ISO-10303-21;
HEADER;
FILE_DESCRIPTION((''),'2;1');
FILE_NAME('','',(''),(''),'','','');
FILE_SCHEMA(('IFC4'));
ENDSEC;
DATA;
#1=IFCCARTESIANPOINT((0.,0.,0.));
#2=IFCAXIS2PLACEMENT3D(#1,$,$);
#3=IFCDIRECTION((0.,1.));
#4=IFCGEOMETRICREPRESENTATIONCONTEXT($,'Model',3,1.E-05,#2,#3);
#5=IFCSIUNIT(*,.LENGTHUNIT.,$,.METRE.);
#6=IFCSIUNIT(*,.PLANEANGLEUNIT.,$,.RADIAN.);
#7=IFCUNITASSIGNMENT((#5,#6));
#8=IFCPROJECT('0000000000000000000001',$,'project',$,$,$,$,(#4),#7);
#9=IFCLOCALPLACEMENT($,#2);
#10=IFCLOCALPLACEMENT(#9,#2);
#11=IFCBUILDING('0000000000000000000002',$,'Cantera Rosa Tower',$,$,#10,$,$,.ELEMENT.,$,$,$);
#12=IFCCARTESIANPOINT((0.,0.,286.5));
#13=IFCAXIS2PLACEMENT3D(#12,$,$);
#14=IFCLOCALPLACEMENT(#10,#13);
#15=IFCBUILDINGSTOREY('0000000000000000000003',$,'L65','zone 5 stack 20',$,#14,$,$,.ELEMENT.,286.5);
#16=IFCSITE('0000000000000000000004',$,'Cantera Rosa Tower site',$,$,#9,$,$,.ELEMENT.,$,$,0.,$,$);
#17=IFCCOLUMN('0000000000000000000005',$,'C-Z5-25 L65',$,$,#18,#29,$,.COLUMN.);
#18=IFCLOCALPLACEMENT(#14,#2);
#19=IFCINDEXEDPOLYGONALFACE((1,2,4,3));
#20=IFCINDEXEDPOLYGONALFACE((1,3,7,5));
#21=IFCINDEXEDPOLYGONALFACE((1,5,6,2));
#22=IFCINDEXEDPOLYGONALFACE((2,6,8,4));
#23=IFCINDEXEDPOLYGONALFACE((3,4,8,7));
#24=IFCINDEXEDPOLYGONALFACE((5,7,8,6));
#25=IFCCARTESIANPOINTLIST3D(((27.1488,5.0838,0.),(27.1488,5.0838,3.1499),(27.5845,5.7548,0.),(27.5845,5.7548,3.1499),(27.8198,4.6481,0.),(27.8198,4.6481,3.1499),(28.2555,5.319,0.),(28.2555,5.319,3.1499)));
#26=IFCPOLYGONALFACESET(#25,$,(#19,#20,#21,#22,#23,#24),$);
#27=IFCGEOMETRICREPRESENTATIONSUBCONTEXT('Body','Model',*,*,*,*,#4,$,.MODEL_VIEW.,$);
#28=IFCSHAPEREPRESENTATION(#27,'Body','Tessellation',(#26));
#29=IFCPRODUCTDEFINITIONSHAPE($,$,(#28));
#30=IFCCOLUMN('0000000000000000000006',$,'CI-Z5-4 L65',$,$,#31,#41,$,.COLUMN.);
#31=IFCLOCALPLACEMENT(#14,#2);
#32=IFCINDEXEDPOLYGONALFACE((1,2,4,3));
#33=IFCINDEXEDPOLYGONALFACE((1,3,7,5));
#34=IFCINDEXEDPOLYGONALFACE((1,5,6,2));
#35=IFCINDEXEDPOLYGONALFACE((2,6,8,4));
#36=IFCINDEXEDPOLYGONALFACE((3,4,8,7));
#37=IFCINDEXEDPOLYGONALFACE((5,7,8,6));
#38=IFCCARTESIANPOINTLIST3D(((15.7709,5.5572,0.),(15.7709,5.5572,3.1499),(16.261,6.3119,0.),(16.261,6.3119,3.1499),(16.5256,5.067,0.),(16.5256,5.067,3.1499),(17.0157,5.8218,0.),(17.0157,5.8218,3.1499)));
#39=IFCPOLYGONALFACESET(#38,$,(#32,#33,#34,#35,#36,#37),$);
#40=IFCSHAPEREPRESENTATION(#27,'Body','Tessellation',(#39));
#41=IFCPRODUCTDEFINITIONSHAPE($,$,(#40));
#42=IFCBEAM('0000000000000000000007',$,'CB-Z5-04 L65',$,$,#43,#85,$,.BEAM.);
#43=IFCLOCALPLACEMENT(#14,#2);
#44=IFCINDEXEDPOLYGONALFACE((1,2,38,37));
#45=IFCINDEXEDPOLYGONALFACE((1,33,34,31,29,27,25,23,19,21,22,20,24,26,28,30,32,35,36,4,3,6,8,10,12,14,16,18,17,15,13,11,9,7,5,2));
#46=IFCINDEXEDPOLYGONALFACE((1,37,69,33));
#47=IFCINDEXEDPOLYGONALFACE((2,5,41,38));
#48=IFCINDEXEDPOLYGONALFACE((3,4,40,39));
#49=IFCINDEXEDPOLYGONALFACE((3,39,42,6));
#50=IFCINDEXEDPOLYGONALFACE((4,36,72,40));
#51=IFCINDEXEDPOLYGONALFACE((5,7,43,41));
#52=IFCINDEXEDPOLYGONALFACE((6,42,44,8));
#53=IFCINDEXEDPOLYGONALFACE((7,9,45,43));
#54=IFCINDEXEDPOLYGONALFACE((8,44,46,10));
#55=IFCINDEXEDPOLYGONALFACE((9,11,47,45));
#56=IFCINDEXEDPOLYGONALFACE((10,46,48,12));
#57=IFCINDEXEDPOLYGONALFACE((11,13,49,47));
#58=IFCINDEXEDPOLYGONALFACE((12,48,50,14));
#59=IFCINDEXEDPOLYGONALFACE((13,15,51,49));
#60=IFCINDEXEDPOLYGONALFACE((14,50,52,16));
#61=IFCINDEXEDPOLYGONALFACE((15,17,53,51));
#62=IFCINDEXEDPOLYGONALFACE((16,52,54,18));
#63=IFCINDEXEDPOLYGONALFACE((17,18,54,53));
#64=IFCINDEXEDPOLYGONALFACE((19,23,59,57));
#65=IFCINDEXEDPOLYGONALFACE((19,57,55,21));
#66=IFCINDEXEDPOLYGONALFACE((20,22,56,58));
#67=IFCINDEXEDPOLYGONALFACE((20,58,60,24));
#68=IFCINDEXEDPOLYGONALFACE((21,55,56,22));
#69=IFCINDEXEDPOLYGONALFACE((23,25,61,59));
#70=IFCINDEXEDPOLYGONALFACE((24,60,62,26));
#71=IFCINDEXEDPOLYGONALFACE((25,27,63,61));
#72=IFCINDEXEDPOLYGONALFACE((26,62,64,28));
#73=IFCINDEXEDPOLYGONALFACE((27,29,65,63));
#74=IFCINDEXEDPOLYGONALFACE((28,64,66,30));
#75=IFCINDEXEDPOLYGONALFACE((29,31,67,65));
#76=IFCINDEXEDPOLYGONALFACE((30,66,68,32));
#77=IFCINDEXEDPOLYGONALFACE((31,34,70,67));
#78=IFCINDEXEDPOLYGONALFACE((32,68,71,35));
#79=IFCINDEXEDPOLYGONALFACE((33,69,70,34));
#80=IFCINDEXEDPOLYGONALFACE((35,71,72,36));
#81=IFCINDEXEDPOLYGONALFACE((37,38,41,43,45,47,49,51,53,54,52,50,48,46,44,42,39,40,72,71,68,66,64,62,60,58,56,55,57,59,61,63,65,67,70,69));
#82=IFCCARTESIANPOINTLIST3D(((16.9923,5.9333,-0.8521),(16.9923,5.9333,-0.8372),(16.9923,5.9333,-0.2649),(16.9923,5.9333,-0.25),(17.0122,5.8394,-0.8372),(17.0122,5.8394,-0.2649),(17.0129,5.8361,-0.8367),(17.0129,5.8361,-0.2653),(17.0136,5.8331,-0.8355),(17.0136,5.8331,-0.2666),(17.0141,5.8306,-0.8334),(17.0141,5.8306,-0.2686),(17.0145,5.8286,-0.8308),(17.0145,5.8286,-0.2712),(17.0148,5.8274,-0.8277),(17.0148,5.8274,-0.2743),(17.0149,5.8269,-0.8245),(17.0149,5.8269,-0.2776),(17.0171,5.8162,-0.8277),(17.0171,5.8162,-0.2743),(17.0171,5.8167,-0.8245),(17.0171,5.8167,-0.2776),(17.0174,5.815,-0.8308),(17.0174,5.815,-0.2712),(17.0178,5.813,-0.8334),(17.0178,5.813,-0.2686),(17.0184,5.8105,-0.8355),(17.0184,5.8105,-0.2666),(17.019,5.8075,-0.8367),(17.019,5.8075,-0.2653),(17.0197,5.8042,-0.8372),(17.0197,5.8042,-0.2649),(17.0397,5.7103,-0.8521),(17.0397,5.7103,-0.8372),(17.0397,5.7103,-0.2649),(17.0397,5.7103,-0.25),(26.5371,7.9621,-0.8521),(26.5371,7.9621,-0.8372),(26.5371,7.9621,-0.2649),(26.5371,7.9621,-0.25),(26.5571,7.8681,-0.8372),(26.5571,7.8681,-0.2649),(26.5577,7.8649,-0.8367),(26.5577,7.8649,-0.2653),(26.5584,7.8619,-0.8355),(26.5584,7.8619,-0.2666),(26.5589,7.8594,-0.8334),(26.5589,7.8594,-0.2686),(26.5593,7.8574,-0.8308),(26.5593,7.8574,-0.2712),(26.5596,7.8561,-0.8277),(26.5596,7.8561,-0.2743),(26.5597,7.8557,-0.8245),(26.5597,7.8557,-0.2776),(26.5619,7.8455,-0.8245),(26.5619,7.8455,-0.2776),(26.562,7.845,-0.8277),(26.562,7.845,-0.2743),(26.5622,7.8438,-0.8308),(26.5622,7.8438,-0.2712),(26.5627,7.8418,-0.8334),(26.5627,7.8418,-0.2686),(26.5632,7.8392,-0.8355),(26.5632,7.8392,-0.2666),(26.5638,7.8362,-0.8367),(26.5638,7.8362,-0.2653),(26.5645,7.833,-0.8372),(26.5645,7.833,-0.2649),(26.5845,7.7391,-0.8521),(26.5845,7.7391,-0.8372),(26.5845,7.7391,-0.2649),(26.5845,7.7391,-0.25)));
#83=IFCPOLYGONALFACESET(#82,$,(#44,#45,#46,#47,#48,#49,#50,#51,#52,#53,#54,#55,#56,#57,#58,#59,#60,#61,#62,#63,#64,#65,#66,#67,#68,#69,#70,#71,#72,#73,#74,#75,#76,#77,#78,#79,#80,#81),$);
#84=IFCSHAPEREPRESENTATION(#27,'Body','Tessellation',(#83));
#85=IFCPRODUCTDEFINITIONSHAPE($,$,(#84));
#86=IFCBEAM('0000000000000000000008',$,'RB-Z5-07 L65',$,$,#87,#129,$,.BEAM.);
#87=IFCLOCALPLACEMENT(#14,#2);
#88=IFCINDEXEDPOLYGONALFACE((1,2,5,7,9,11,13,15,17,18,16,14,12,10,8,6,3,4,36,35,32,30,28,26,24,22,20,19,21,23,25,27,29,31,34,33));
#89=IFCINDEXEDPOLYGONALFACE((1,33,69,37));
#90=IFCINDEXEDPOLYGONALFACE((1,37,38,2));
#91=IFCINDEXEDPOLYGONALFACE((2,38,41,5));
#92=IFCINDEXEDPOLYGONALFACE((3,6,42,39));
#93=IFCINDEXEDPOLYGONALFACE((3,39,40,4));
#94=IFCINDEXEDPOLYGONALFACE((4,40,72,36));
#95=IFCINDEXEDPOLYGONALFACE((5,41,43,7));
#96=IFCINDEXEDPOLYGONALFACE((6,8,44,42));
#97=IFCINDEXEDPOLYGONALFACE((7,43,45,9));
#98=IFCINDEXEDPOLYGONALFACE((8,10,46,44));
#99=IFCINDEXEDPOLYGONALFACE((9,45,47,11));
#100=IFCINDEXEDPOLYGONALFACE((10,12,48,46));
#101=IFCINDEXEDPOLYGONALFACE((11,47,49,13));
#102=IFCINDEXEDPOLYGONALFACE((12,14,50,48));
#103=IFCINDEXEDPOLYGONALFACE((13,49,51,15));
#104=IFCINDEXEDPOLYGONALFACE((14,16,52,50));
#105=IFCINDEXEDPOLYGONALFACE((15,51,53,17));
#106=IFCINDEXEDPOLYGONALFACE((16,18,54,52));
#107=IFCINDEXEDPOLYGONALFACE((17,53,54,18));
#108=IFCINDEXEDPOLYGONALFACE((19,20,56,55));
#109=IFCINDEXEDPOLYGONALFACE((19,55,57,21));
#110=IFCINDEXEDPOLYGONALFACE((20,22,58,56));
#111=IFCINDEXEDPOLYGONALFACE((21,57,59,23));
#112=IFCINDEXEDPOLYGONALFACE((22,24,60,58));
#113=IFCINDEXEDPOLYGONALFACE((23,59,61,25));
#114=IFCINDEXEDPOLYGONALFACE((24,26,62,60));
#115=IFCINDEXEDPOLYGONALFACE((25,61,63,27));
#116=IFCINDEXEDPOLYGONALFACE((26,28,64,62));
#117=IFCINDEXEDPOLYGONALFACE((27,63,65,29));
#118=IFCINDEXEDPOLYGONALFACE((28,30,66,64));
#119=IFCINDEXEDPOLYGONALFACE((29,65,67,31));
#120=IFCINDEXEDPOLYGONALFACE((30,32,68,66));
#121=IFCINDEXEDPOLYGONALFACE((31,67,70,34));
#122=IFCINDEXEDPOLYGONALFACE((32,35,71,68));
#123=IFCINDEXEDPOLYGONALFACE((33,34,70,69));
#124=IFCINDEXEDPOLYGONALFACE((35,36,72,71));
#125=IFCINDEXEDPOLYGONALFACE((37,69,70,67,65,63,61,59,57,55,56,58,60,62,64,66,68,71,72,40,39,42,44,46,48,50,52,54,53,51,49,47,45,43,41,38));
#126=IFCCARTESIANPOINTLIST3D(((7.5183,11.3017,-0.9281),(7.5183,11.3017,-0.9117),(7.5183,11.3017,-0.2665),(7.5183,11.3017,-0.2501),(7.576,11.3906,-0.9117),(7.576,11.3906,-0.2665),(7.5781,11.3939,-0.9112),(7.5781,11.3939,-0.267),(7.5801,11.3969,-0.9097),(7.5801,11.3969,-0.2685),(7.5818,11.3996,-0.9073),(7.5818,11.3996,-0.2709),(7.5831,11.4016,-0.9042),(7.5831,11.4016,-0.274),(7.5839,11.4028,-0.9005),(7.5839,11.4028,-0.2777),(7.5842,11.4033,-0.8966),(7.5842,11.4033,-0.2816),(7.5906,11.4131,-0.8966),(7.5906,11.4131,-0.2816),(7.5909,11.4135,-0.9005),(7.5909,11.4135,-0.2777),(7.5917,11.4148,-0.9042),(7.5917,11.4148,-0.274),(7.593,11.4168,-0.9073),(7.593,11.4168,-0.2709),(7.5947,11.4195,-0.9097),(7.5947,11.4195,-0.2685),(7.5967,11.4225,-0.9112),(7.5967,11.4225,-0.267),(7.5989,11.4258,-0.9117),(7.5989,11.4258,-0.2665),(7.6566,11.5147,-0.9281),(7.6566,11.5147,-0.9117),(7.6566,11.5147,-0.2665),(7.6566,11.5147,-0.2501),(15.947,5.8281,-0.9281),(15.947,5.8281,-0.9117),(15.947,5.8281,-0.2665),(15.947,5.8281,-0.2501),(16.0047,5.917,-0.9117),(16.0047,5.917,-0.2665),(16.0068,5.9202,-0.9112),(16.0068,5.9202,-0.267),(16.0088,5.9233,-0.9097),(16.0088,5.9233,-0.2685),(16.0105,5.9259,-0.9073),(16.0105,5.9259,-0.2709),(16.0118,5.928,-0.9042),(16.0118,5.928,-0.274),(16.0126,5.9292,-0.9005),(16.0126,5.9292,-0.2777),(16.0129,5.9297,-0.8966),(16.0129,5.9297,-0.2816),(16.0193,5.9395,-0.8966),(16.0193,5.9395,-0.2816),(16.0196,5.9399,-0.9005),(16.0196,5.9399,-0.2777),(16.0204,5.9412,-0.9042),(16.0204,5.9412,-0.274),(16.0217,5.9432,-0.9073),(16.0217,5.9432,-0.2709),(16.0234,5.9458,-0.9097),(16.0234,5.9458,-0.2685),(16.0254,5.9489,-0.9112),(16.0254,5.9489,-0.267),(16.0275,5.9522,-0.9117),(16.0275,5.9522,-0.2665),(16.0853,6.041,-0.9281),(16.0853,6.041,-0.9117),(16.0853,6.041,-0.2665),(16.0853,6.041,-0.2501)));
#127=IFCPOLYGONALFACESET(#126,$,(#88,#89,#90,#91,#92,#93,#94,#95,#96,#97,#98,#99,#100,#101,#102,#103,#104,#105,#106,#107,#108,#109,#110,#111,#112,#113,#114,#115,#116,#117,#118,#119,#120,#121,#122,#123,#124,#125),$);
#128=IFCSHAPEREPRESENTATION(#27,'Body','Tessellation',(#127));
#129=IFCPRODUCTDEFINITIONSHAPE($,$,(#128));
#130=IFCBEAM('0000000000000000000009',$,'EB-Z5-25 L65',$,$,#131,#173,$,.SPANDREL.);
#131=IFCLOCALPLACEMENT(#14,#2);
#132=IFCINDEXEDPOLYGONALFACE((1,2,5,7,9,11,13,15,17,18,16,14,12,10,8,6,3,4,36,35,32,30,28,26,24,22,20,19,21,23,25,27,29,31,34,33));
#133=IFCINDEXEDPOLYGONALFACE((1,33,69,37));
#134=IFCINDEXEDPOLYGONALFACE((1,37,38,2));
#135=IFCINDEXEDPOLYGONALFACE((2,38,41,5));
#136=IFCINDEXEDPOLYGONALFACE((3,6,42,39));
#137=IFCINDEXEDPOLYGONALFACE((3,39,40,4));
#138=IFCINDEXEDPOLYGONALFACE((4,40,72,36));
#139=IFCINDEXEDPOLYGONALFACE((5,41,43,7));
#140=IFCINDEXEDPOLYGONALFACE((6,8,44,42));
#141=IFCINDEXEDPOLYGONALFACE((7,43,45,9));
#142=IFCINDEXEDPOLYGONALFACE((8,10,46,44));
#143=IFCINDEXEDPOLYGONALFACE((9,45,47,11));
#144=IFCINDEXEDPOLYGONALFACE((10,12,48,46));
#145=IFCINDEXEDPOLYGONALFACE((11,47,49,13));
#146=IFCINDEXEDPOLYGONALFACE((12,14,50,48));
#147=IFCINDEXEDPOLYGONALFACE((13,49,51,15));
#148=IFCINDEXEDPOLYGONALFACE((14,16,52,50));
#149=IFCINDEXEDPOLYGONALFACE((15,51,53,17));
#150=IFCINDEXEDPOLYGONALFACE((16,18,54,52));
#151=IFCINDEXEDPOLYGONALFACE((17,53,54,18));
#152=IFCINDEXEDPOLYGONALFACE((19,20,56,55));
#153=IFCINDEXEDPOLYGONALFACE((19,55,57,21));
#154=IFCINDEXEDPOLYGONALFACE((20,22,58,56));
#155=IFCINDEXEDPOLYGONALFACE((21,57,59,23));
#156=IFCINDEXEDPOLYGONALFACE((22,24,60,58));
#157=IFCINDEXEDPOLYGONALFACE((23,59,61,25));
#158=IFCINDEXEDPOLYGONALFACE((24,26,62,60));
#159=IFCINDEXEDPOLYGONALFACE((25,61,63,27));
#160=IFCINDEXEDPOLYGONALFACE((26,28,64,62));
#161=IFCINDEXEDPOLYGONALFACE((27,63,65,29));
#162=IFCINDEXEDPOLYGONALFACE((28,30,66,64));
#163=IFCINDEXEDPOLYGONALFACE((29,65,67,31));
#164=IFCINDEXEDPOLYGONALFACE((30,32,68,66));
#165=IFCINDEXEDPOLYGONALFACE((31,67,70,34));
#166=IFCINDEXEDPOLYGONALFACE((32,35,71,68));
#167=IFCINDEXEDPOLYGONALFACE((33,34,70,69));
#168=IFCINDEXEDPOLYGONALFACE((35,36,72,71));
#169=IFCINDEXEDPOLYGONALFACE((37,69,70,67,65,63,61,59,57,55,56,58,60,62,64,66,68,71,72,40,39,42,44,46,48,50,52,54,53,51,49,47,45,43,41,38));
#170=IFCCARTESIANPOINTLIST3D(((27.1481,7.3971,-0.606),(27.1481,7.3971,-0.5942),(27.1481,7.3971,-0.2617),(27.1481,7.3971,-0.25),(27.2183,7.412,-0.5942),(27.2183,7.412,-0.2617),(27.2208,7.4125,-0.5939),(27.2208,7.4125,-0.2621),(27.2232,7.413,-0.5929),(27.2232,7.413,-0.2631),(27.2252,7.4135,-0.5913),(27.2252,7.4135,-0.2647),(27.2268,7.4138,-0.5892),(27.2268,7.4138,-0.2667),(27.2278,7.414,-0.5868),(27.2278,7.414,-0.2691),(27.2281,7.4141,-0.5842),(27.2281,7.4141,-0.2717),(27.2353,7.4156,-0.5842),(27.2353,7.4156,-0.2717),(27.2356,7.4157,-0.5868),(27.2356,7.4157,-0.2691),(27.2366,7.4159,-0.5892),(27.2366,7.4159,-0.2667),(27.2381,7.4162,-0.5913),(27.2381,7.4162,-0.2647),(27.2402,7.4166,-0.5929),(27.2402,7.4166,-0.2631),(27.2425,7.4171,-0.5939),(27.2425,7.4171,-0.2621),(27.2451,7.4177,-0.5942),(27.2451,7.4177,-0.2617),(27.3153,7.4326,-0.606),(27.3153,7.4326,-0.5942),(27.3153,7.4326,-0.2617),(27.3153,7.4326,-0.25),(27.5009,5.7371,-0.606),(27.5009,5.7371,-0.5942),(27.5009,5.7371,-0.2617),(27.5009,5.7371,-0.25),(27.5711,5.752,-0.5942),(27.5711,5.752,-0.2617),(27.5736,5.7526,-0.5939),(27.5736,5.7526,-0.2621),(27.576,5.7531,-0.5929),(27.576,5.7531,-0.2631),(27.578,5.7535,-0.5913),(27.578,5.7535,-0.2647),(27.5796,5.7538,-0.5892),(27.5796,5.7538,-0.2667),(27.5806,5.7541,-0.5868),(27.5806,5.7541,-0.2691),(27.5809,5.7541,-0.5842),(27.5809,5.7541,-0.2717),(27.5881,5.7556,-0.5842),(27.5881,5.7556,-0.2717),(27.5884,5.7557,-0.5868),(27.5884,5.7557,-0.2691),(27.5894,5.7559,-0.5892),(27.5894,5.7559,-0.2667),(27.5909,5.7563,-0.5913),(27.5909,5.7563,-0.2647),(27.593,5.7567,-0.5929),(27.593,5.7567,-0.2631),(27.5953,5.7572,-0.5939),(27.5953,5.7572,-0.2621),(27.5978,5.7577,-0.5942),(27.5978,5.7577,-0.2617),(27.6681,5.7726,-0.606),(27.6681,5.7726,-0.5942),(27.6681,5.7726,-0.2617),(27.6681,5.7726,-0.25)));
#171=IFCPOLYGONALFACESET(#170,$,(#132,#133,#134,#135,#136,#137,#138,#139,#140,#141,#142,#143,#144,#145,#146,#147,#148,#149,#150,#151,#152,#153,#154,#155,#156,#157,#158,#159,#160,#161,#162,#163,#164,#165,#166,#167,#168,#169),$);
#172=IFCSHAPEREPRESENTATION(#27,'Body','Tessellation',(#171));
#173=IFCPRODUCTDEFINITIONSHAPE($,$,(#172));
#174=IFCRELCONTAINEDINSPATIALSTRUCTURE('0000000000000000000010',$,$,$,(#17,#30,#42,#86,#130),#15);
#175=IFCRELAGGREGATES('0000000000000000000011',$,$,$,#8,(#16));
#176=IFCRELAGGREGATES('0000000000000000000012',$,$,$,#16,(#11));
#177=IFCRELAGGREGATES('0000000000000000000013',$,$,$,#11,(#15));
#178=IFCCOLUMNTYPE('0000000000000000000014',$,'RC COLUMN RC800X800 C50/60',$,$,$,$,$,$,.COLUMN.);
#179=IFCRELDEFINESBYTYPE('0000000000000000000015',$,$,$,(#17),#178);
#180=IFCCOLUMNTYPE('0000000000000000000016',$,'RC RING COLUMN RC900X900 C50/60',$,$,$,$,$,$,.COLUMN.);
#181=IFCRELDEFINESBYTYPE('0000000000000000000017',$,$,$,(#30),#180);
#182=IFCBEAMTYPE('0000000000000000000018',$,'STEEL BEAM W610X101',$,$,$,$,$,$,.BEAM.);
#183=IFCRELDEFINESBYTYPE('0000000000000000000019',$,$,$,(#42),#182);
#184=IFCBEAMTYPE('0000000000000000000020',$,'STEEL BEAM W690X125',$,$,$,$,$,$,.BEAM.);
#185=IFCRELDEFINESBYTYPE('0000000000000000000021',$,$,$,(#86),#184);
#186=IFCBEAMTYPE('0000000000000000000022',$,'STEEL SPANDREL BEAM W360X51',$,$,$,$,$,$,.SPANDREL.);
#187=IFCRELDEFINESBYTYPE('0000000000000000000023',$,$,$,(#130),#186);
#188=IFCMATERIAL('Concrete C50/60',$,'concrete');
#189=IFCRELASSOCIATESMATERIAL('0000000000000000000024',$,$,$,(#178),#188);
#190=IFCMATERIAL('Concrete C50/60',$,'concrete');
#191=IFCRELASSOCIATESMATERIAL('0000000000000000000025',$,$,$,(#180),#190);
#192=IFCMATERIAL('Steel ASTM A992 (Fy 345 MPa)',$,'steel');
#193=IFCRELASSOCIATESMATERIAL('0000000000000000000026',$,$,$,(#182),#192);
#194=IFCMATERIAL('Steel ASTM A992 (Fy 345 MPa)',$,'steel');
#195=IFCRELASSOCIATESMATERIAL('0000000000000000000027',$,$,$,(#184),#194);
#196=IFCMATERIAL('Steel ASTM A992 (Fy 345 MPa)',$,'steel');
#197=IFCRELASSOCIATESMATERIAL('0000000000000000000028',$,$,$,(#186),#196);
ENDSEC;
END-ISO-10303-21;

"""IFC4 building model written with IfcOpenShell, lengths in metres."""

from ifc_helpers import new_model, si_unit, direction, frame, origin, origin_2d, place, context, subcontext, project, spatial, rectangle, i_section, extrude, material, material_profile, profile_set, type_object, element, save


model = new_model("IFC4")

# Units and contexts
model_context = context("Model", 3, precision=1e-05, world=origin(), true_north=direction((0.0, 1.0)))
body_context = subcontext(model_context, "Body", "Model", "MODEL_VIEW")
ifc_project = project(units=[si_unit("LENGTHUNIT", "METRE"), si_unit("PLANEANGLEUNIT", "RADIAN")], contexts=[model_context])

# Site, building, storey
site_placement = place(None, origin())
site = spatial("IfcSite", under=ifc_project, at=site_placement, Name="Cantera Rosa Tower site", CompositionType="ELEMENT", RefElevation=0.0)
building_placement = place(site_placement, origin())
building = spatial("IfcBuilding", under=site, at=building_placement, Name="Cantera Rosa Tower", CompositionType="ELEMENT")
storey_placement = place(building_placement, frame((0.0, 0.0, 286.5)))
storey = spatial("IfcBuildingStorey", under=building, at=storey_placement, Name="L65", Description="zone 5 stack 20", CompositionType="ELEMENT", Elevation=286.5)

# Columns
ifc_material_1 = material(Name="Concrete C50/60", Category="concrete")
ifc_material_profile_1 = material_profile(ifc_material_1, rectangle(XDim=0.8, YDim=0.8, at=origin_2d()), Name="RC COLUMN RC800X800 C50/60")
ifc_profile_set_1 = profile_set([ifc_material_profile_1], Name="Concrete C50/60")
column_type_1 = type_object("IfcColumnType", Name="RC COLUMN RC800X800 C50/60", PredefinedType="COLUMN", material=ifc_profile_set_1)
column_1_placement = place(storey_placement, frame((27.7021, 5.2014, 0.0), z_axis=(0.0, 0.0, 1.0), x_axis=(0.544639, 0.838671, 0.0)))
element("IfcColumn", 1, at=column_1_placement, inside=storey, type_object=column_type_1, Name="C-Z5-25 L65", PredefinedType="COLUMN", context=body_context, shape_type="SweptSolid", body=[
    extrude(rectangle(XDim=0.8, YDim=0.8, at=origin_2d()), origin(), (0.0, 0.0, 1.0), 3.1499),
])
ifc_material_2 = material(Name="Concrete C50/60", Category="concrete")
ifc_material_profile_2 = material_profile(ifc_material_2, rectangle(XDim=0.8999, YDim=0.8999, at=origin_2d()), Name="RC RING COLUMN RC900X900 C50/60")
ifc_profile_set_2 = profile_set([ifc_material_profile_2], Name="Concrete C50/60")
column_type_2 = type_object("IfcColumnType", Name="RC RING COLUMN RC900X900 C50/60", PredefinedType="COLUMN", material=ifc_profile_set_2)
column_2_placement = place(storey_placement, frame((16.3933, 5.6895, 0.0), z_axis=(0.0, 0.0, 1.0), x_axis=(0.544639, 0.838671, 0.0)))
element("IfcColumn", 2, at=column_2_placement, inside=storey, type_object=column_type_2, Name="CI-Z5-4 L65", PredefinedType="COLUMN", context=body_context, shape_type="SweptSolid", body=[
    extrude(rectangle(XDim=0.8999, YDim=0.8999, at=origin_2d()), origin(), (0.0, 0.0, 1.0), 3.1499),
])

# Beams
ifc_material_3 = material(Name="Steel ASTM A992 (Fy 345 MPa)", Category="steel")
ifc_material_profile_3 = material_profile(ifc_material_3, i_section(OverallWidth=0.228, OverallDepth=0.6021, WebThickness=0.0105, FlangeThickness=0.0149, FilletRadius=0.0127, at=origin_2d()), Name="W610X101")
ifc_profile_set_3 = profile_set([ifc_material_profile_3], Name="Steel ASTM A992 (Fy 345 MPa)")
beam_type_1 = type_object("IfcBeamType", Name="STEEL BEAM W610X101", PredefinedType="BEAM", material=ifc_profile_set_3)
beam_1_placement = place(storey_placement, frame((26.5608, 7.8506, -0.551), z_axis=(-0.978148, -0.207909, 0.0), x_axis=(0.207909, -0.978148, 0.0)))
element("IfcBeam", 3, at=beam_1_placement, inside=storey, type_object=beam_type_1, Name="CB-Z5-04 L65", PredefinedType="BEAM", context=body_context, shape_type="SweptSolid", body=[
    extrude(i_section(OverallWidth=0.228, OverallDepth=0.6021, WebThickness=0.0105, FlangeThickness=0.0149, FilletRadius=0.0127, at=origin_2d()), origin(), (0.0, 0.0, 1.0), 9.7581),
])
ifc_material_4 = material(Name="Steel ASTM A992 (Fy 345 MPa)", Category="steel")
ifc_material_profile_4 = material_profile(ifc_material_4, i_section(OverallWidth=0.2539, OverallDepth=0.678, WebThickness=0.0117, FlangeThickness=0.0164, FilletRadius=0.0151, at=origin_2d()), Name="W690X125")
ifc_profile_set_4 = profile_set([ifc_material_profile_4], Name="Steel ASTM A992 (Fy 345 MPa)")
beam_type_2 = type_object("IfcBeamType", Name="STEEL BEAM W690X125", PredefinedType="BEAM", material=ifc_profile_set_4)
beam_2_placement = place(storey_placement, frame((16.0161, 5.9346, -0.5891), z_axis=(-0.838672, 0.544637, 0.0), x_axis=(-0.544637, -0.838672, 0.0)))
element("IfcBeam", 4, at=beam_2_placement, inside=storey, type_object=beam_type_2, Name="RB-Z5-07 L65", PredefinedType="BEAM", context=body_context, shape_type="SweptSolid", body=[
    extrude(i_section(OverallWidth=0.2539, OverallDepth=0.678, WebThickness=0.0117, FlangeThickness=0.0164, FilletRadius=0.0151, at=origin_2d()), origin(), (0.0, 0.0, 1.0), 10.05),
])
ifc_material_5 = material(Name="Steel ASTM A992 (Fy 345 MPa)", Category="steel")
ifc_material_profile_5 = material_profile(ifc_material_5, i_section(OverallWidth=0.1709, OverallDepth=0.356, WebThickness=0.0073, FlangeThickness=0.0117, FilletRadius=0.01, at=origin_2d()), Name="W360X51")
ifc_profile_set_5 = profile_set([ifc_material_profile_5], Name="Steel ASTM A992 (Fy 345 MPa)")
beam_type_3 = type_object("IfcBeamType", Name="STEEL SPANDREL BEAM W360X51", PredefinedType="SPANDREL", material=ifc_profile_set_5)
beam_3_placement = place(storey_placement, frame((27.5845, 5.7549, -0.428), z_axis=(-0.207888, 0.978153, 0.0), x_axis=(-0.978153, -0.207888, 0.0)))
element("IfcBeam", 5, at=beam_3_placement, inside=storey, type_object=beam_type_3, Name="EB-Z5-25 L65", PredefinedType="SPANDREL", context=body_context, shape_type="SweptSolid", body=[
    extrude(i_section(OverallWidth=0.1709, OverallDepth=0.356, WebThickness=0.0073, FlangeThickness=0.0117, FilletRadius=0.01, at=origin_2d()), origin(), (0.0, 0.0, 1.0), 1.697),
])

save(model, "model.ifc")
